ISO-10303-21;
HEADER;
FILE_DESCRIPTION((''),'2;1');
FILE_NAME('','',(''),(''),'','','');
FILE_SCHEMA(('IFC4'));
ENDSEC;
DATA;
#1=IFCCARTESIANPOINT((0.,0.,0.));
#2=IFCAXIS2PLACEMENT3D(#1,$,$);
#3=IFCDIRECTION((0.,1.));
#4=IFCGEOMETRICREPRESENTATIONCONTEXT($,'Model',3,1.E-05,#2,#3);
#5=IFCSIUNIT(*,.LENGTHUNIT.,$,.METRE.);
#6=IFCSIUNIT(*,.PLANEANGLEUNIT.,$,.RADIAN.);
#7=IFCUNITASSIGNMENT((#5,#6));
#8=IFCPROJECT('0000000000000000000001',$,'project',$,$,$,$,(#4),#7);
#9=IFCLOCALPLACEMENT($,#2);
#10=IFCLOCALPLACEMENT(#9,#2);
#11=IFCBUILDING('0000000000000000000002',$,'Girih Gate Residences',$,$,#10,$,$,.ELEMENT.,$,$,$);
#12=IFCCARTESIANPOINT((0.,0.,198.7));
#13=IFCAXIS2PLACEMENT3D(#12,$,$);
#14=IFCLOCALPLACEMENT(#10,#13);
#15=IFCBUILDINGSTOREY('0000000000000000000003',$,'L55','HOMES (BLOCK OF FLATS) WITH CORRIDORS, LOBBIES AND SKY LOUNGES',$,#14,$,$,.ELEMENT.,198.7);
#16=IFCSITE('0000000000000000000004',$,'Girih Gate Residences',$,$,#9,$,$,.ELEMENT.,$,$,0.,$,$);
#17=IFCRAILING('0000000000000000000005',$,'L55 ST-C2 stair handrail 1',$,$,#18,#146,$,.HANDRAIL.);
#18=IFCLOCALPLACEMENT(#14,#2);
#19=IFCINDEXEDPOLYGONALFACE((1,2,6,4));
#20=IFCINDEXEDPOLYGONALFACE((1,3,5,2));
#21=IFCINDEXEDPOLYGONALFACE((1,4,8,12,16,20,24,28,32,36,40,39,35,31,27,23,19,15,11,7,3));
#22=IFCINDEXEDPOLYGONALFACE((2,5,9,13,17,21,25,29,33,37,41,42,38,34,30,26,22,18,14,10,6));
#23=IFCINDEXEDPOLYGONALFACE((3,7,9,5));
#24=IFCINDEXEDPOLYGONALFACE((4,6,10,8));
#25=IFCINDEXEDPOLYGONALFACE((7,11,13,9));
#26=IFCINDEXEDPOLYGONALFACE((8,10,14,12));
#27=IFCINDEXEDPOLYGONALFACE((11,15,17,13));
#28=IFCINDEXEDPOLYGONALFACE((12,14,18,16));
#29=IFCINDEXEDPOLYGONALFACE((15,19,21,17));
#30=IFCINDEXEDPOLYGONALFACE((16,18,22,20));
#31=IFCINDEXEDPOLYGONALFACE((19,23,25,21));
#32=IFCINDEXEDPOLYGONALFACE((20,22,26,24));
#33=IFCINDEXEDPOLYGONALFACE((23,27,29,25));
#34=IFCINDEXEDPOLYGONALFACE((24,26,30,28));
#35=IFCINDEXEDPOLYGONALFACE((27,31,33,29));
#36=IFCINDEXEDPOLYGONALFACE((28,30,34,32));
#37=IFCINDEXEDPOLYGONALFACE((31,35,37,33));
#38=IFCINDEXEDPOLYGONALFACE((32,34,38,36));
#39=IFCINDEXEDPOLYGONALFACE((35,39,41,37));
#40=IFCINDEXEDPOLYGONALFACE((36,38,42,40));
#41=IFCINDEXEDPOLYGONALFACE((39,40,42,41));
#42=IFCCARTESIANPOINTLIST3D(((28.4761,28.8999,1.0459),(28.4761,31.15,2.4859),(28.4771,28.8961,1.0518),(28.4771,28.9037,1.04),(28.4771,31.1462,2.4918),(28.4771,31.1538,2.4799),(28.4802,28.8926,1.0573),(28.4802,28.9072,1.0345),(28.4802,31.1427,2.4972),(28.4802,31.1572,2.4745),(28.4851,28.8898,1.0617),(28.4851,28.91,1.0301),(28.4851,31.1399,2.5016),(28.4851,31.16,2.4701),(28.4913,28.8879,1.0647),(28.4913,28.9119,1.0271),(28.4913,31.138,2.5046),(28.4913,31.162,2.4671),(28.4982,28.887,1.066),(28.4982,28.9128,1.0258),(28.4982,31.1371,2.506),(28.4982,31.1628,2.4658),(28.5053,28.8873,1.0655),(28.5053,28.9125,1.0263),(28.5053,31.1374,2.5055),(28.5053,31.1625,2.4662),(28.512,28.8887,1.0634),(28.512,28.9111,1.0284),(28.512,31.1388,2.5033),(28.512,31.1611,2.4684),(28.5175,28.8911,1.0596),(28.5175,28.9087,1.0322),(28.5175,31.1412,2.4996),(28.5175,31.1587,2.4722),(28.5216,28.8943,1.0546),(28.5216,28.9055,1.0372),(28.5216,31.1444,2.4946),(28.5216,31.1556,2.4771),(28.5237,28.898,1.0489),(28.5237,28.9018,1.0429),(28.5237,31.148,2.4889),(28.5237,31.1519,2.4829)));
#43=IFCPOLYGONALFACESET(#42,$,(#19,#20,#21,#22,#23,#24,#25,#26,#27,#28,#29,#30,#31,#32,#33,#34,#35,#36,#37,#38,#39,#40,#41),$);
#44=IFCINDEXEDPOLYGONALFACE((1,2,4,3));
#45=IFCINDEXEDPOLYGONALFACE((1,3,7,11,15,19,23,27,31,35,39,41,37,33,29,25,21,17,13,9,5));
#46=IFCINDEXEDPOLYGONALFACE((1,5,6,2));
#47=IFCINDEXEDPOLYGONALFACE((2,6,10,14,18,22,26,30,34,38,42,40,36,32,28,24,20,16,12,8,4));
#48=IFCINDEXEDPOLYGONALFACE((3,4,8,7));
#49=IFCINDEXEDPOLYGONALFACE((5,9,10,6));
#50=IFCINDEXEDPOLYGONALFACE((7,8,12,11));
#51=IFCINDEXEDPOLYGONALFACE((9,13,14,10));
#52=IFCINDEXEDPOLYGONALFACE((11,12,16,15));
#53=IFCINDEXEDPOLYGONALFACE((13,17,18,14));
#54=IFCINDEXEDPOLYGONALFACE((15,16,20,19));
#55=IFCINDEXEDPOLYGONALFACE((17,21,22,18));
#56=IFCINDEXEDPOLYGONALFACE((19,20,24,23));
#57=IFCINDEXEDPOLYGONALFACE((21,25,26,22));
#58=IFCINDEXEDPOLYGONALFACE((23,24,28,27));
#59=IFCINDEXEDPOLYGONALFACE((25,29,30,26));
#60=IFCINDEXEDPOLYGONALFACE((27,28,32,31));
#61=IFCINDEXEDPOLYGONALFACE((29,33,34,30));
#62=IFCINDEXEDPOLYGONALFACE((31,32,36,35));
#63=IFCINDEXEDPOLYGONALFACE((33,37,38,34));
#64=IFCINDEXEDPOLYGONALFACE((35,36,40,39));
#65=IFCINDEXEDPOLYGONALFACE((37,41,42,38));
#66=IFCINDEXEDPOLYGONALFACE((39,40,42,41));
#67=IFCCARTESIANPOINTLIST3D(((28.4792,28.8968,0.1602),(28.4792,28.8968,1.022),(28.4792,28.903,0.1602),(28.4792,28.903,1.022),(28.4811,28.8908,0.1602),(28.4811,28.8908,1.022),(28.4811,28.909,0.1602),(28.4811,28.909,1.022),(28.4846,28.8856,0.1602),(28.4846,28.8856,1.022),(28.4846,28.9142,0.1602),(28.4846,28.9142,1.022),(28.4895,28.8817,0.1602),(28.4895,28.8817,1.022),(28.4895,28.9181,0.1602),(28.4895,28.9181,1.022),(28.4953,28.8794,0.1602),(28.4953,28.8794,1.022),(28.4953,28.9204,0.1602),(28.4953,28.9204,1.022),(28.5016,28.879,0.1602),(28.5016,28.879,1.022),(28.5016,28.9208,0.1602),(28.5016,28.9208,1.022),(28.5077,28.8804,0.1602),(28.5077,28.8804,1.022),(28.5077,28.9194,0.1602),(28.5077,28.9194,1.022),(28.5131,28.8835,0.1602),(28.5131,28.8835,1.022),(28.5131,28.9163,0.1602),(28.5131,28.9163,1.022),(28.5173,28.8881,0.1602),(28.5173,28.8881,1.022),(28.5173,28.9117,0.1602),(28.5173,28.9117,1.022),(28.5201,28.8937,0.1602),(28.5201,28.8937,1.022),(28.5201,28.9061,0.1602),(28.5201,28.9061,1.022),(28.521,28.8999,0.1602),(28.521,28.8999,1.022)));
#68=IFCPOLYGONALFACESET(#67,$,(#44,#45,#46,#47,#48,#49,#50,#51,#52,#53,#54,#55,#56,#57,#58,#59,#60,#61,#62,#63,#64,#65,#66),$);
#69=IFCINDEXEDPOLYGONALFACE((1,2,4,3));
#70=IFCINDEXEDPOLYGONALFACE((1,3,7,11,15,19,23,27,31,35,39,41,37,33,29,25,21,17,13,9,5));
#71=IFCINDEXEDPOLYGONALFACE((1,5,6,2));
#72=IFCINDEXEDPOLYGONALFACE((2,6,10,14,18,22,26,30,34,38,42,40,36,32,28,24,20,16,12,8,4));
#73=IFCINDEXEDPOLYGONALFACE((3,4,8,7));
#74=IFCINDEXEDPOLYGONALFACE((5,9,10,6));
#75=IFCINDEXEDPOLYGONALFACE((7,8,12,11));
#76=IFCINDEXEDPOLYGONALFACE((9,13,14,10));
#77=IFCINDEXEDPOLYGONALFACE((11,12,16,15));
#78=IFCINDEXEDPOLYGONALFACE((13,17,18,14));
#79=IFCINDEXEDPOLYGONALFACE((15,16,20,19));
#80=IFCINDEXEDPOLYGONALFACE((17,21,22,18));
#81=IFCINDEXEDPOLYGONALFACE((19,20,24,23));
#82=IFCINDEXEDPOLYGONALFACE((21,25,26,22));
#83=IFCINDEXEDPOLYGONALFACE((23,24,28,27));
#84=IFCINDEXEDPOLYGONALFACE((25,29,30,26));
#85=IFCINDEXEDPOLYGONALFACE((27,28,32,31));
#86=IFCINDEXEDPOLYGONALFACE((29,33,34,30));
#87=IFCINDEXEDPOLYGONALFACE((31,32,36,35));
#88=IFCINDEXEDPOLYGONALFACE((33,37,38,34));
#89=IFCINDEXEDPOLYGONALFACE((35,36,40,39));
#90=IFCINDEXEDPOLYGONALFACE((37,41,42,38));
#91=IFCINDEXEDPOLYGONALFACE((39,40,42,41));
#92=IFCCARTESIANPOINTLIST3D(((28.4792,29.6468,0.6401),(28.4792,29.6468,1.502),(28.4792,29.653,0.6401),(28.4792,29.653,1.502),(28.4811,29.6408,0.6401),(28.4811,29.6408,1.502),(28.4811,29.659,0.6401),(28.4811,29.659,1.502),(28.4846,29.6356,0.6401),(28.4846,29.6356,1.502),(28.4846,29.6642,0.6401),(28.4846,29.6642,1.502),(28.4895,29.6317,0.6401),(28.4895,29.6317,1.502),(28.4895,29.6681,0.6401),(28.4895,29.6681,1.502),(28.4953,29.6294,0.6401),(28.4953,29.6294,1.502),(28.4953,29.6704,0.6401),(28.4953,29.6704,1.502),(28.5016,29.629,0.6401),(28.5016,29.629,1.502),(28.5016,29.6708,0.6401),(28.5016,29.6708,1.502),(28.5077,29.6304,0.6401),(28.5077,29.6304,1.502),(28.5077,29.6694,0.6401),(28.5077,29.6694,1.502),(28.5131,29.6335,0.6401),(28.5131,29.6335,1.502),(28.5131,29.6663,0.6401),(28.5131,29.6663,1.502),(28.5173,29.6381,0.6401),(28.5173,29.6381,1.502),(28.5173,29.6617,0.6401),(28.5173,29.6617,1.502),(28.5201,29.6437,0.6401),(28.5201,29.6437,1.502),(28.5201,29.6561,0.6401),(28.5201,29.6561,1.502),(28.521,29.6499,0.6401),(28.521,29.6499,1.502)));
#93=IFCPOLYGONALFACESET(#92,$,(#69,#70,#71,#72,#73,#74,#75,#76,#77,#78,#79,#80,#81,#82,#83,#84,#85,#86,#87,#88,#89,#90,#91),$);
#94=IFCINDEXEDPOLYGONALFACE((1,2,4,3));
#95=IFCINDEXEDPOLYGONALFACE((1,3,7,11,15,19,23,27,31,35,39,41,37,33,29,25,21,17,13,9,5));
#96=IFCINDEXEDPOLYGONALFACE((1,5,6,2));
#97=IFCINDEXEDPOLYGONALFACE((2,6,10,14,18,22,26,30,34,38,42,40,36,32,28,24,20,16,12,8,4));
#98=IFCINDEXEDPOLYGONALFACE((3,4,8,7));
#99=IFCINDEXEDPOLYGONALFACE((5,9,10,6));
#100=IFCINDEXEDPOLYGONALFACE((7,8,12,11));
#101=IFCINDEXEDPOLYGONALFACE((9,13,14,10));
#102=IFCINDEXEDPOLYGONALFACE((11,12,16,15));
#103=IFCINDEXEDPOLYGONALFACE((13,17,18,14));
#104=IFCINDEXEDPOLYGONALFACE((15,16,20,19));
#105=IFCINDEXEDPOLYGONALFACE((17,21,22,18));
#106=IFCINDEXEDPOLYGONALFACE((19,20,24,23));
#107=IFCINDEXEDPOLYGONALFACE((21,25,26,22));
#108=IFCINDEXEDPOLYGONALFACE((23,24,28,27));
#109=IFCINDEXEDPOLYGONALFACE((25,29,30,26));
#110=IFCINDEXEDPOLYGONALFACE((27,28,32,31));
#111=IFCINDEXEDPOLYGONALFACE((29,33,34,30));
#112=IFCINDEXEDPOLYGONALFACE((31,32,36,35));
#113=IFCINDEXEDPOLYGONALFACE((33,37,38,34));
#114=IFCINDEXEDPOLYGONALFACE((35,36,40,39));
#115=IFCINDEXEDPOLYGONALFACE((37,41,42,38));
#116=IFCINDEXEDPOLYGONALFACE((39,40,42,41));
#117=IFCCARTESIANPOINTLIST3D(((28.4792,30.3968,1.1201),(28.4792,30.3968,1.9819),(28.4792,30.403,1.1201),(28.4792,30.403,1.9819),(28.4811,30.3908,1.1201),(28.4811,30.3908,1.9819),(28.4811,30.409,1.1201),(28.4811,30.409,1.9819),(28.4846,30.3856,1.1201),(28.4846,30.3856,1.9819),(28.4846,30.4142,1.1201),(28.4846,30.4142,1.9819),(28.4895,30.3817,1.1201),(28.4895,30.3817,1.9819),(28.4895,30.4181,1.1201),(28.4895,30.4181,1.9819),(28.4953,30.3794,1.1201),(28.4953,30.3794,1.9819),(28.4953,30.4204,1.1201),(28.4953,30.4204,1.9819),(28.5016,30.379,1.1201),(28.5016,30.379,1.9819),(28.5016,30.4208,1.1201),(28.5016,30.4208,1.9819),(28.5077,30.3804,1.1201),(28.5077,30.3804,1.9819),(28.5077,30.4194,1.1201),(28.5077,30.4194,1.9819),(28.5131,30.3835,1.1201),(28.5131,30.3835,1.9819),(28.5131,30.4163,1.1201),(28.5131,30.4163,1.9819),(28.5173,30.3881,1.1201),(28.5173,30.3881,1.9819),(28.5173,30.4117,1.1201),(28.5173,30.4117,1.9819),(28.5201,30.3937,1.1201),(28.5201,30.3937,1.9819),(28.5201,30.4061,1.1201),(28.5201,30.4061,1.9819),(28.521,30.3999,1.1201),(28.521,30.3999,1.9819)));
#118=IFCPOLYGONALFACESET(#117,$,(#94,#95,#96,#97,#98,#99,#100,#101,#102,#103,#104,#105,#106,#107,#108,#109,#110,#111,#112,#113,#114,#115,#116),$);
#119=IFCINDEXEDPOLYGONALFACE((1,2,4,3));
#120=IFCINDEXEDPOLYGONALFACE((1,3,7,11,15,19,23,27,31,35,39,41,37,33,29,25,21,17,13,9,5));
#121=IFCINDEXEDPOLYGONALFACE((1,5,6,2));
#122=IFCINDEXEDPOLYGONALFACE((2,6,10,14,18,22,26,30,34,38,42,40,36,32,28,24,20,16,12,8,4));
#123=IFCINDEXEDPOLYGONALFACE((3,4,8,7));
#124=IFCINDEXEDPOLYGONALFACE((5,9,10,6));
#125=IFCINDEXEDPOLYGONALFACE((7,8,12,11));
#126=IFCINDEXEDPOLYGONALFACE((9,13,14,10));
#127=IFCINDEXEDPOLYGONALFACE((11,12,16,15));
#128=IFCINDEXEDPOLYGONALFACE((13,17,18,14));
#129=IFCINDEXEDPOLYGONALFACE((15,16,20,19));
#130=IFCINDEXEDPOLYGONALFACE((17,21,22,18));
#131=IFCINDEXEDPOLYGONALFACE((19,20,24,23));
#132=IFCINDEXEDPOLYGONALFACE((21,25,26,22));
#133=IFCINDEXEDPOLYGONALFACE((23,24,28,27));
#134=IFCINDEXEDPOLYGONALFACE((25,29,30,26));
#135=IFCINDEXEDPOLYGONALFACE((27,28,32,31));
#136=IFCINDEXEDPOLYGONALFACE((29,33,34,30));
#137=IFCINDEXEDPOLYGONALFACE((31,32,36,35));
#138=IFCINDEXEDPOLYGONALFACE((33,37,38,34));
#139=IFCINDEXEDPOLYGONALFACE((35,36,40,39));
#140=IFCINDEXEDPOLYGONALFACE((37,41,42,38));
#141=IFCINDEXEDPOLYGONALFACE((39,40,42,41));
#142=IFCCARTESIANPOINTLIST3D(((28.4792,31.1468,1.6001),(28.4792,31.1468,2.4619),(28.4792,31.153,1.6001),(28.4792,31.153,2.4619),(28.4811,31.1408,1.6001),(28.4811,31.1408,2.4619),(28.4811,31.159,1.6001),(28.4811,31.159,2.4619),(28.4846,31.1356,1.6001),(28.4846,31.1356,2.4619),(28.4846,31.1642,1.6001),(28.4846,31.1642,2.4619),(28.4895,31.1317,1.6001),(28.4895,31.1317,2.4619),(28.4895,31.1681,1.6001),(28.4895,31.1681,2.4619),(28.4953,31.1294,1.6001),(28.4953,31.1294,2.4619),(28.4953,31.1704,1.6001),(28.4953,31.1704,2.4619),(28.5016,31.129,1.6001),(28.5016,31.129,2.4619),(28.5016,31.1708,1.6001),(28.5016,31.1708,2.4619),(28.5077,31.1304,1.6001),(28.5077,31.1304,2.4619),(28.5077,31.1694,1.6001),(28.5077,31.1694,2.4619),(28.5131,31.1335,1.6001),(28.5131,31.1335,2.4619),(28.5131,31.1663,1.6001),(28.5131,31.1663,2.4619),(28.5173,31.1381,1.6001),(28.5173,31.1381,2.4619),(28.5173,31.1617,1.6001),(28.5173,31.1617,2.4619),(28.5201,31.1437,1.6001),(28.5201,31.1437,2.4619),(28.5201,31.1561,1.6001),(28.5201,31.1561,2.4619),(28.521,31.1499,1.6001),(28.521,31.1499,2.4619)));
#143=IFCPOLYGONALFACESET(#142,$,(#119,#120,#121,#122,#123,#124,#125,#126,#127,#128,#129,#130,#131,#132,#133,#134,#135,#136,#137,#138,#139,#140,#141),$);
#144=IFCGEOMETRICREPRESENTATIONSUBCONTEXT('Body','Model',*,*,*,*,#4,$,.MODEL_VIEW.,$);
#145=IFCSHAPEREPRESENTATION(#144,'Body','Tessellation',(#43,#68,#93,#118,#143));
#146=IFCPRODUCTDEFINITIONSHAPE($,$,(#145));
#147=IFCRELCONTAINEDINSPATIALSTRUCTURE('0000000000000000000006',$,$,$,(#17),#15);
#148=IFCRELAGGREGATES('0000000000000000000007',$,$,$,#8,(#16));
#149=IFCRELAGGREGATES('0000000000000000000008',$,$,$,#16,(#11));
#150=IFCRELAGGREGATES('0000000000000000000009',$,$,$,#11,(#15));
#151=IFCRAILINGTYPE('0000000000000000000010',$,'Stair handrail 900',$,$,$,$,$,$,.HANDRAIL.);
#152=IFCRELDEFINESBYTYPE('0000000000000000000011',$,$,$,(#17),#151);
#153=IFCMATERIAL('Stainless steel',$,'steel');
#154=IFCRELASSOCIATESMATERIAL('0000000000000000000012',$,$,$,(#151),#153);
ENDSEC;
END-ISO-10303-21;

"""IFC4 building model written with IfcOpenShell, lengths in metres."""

from ifc_helpers import new_model, si_unit, direction, frame, origin, origin_2d, place, context, subcontext, project, spatial, circle, extrude, material, type_object, element, save


model = new_model("IFC4")

# Units and contexts
model_context = context("Model", 3, precision=1e-05, world=origin(), true_north=direction((0.0, 1.0)))
body_context = subcontext(model_context, "Body", "Model", "MODEL_VIEW")
ifc_project = project(units=[si_unit("LENGTHUNIT", "METRE"), si_unit("PLANEANGLEUNIT", "RADIAN")], contexts=[model_context])

# Site, building, storey
site_placement = place(None, origin())
site = spatial("IfcSite", under=ifc_project, at=site_placement, Name="Girih Gate Residences", CompositionType="ELEMENT", RefElevation=0.0)
building_placement = place(site_placement, origin())
building = spatial("IfcBuilding", under=site, at=building_placement, Name="Girih Gate Residences", CompositionType="ELEMENT")
storey_placement = place(building_placement, frame((0.0, 0.0, 198.7)))
storey = spatial("IfcBuildingStorey", under=building, at=storey_placement, Name="L55", Description="HOMES (BLOCK OF FLATS) WITH CORRIDORS, LOBBIES AND SKY LOUNGES", CompositionType="ELEMENT", Elevation=198.7)

# Railing
ifc_material_1 = material(Name="Stainless steel", Category="steel")
railing_type_1 = type_object("IfcRailingType", Name="Stair handrail 900", PredefinedType="HANDRAIL", material=ifc_material_1)
for number, where, name in (
    (1, (28.5, 28.8999, 0.1602), "L55 ST-C2 stair handrail 1"),
):
    element("IfcRailing", number, at=place(storey_placement, frame(where)), inside=storey, type_object=railing_type_1, Name=name, PredefinedType="HANDRAIL", context=body_context, shape_type="SweptSolid", body=[
        extrude(circle(Radius=0.0239, at=origin_2d()), frame((0.0, 0.0, 0.8857), z_axis=(0.0, 0.842281, 0.539038), x_axis=(-1.0, 0.0, 0.0)), (0.0, 0.0, 1.0), 2.6714),
        extrude(circle(Radius=0.021, at=origin_2d()), origin(), (0.0, 0.0, 1.0), 0.8618),
        extrude(circle(Radius=0.021, at=origin_2d()), frame((0.0, 0.75, 0.48)), (0.0, 0.0, 1.0), 0.8618),
        extrude(circle(Radius=0.021, at=origin_2d()), frame((0.0, 1.5, 0.96)), (0.0, 0.0, 1.0), 0.8618),
        extrude(circle(Radius=0.021, at=origin_2d()), frame((0.0, 2.25, 1.4399)), (0.0, 0.0, 1.0), 0.8618),
    ])

save(model, "model.ifc")
